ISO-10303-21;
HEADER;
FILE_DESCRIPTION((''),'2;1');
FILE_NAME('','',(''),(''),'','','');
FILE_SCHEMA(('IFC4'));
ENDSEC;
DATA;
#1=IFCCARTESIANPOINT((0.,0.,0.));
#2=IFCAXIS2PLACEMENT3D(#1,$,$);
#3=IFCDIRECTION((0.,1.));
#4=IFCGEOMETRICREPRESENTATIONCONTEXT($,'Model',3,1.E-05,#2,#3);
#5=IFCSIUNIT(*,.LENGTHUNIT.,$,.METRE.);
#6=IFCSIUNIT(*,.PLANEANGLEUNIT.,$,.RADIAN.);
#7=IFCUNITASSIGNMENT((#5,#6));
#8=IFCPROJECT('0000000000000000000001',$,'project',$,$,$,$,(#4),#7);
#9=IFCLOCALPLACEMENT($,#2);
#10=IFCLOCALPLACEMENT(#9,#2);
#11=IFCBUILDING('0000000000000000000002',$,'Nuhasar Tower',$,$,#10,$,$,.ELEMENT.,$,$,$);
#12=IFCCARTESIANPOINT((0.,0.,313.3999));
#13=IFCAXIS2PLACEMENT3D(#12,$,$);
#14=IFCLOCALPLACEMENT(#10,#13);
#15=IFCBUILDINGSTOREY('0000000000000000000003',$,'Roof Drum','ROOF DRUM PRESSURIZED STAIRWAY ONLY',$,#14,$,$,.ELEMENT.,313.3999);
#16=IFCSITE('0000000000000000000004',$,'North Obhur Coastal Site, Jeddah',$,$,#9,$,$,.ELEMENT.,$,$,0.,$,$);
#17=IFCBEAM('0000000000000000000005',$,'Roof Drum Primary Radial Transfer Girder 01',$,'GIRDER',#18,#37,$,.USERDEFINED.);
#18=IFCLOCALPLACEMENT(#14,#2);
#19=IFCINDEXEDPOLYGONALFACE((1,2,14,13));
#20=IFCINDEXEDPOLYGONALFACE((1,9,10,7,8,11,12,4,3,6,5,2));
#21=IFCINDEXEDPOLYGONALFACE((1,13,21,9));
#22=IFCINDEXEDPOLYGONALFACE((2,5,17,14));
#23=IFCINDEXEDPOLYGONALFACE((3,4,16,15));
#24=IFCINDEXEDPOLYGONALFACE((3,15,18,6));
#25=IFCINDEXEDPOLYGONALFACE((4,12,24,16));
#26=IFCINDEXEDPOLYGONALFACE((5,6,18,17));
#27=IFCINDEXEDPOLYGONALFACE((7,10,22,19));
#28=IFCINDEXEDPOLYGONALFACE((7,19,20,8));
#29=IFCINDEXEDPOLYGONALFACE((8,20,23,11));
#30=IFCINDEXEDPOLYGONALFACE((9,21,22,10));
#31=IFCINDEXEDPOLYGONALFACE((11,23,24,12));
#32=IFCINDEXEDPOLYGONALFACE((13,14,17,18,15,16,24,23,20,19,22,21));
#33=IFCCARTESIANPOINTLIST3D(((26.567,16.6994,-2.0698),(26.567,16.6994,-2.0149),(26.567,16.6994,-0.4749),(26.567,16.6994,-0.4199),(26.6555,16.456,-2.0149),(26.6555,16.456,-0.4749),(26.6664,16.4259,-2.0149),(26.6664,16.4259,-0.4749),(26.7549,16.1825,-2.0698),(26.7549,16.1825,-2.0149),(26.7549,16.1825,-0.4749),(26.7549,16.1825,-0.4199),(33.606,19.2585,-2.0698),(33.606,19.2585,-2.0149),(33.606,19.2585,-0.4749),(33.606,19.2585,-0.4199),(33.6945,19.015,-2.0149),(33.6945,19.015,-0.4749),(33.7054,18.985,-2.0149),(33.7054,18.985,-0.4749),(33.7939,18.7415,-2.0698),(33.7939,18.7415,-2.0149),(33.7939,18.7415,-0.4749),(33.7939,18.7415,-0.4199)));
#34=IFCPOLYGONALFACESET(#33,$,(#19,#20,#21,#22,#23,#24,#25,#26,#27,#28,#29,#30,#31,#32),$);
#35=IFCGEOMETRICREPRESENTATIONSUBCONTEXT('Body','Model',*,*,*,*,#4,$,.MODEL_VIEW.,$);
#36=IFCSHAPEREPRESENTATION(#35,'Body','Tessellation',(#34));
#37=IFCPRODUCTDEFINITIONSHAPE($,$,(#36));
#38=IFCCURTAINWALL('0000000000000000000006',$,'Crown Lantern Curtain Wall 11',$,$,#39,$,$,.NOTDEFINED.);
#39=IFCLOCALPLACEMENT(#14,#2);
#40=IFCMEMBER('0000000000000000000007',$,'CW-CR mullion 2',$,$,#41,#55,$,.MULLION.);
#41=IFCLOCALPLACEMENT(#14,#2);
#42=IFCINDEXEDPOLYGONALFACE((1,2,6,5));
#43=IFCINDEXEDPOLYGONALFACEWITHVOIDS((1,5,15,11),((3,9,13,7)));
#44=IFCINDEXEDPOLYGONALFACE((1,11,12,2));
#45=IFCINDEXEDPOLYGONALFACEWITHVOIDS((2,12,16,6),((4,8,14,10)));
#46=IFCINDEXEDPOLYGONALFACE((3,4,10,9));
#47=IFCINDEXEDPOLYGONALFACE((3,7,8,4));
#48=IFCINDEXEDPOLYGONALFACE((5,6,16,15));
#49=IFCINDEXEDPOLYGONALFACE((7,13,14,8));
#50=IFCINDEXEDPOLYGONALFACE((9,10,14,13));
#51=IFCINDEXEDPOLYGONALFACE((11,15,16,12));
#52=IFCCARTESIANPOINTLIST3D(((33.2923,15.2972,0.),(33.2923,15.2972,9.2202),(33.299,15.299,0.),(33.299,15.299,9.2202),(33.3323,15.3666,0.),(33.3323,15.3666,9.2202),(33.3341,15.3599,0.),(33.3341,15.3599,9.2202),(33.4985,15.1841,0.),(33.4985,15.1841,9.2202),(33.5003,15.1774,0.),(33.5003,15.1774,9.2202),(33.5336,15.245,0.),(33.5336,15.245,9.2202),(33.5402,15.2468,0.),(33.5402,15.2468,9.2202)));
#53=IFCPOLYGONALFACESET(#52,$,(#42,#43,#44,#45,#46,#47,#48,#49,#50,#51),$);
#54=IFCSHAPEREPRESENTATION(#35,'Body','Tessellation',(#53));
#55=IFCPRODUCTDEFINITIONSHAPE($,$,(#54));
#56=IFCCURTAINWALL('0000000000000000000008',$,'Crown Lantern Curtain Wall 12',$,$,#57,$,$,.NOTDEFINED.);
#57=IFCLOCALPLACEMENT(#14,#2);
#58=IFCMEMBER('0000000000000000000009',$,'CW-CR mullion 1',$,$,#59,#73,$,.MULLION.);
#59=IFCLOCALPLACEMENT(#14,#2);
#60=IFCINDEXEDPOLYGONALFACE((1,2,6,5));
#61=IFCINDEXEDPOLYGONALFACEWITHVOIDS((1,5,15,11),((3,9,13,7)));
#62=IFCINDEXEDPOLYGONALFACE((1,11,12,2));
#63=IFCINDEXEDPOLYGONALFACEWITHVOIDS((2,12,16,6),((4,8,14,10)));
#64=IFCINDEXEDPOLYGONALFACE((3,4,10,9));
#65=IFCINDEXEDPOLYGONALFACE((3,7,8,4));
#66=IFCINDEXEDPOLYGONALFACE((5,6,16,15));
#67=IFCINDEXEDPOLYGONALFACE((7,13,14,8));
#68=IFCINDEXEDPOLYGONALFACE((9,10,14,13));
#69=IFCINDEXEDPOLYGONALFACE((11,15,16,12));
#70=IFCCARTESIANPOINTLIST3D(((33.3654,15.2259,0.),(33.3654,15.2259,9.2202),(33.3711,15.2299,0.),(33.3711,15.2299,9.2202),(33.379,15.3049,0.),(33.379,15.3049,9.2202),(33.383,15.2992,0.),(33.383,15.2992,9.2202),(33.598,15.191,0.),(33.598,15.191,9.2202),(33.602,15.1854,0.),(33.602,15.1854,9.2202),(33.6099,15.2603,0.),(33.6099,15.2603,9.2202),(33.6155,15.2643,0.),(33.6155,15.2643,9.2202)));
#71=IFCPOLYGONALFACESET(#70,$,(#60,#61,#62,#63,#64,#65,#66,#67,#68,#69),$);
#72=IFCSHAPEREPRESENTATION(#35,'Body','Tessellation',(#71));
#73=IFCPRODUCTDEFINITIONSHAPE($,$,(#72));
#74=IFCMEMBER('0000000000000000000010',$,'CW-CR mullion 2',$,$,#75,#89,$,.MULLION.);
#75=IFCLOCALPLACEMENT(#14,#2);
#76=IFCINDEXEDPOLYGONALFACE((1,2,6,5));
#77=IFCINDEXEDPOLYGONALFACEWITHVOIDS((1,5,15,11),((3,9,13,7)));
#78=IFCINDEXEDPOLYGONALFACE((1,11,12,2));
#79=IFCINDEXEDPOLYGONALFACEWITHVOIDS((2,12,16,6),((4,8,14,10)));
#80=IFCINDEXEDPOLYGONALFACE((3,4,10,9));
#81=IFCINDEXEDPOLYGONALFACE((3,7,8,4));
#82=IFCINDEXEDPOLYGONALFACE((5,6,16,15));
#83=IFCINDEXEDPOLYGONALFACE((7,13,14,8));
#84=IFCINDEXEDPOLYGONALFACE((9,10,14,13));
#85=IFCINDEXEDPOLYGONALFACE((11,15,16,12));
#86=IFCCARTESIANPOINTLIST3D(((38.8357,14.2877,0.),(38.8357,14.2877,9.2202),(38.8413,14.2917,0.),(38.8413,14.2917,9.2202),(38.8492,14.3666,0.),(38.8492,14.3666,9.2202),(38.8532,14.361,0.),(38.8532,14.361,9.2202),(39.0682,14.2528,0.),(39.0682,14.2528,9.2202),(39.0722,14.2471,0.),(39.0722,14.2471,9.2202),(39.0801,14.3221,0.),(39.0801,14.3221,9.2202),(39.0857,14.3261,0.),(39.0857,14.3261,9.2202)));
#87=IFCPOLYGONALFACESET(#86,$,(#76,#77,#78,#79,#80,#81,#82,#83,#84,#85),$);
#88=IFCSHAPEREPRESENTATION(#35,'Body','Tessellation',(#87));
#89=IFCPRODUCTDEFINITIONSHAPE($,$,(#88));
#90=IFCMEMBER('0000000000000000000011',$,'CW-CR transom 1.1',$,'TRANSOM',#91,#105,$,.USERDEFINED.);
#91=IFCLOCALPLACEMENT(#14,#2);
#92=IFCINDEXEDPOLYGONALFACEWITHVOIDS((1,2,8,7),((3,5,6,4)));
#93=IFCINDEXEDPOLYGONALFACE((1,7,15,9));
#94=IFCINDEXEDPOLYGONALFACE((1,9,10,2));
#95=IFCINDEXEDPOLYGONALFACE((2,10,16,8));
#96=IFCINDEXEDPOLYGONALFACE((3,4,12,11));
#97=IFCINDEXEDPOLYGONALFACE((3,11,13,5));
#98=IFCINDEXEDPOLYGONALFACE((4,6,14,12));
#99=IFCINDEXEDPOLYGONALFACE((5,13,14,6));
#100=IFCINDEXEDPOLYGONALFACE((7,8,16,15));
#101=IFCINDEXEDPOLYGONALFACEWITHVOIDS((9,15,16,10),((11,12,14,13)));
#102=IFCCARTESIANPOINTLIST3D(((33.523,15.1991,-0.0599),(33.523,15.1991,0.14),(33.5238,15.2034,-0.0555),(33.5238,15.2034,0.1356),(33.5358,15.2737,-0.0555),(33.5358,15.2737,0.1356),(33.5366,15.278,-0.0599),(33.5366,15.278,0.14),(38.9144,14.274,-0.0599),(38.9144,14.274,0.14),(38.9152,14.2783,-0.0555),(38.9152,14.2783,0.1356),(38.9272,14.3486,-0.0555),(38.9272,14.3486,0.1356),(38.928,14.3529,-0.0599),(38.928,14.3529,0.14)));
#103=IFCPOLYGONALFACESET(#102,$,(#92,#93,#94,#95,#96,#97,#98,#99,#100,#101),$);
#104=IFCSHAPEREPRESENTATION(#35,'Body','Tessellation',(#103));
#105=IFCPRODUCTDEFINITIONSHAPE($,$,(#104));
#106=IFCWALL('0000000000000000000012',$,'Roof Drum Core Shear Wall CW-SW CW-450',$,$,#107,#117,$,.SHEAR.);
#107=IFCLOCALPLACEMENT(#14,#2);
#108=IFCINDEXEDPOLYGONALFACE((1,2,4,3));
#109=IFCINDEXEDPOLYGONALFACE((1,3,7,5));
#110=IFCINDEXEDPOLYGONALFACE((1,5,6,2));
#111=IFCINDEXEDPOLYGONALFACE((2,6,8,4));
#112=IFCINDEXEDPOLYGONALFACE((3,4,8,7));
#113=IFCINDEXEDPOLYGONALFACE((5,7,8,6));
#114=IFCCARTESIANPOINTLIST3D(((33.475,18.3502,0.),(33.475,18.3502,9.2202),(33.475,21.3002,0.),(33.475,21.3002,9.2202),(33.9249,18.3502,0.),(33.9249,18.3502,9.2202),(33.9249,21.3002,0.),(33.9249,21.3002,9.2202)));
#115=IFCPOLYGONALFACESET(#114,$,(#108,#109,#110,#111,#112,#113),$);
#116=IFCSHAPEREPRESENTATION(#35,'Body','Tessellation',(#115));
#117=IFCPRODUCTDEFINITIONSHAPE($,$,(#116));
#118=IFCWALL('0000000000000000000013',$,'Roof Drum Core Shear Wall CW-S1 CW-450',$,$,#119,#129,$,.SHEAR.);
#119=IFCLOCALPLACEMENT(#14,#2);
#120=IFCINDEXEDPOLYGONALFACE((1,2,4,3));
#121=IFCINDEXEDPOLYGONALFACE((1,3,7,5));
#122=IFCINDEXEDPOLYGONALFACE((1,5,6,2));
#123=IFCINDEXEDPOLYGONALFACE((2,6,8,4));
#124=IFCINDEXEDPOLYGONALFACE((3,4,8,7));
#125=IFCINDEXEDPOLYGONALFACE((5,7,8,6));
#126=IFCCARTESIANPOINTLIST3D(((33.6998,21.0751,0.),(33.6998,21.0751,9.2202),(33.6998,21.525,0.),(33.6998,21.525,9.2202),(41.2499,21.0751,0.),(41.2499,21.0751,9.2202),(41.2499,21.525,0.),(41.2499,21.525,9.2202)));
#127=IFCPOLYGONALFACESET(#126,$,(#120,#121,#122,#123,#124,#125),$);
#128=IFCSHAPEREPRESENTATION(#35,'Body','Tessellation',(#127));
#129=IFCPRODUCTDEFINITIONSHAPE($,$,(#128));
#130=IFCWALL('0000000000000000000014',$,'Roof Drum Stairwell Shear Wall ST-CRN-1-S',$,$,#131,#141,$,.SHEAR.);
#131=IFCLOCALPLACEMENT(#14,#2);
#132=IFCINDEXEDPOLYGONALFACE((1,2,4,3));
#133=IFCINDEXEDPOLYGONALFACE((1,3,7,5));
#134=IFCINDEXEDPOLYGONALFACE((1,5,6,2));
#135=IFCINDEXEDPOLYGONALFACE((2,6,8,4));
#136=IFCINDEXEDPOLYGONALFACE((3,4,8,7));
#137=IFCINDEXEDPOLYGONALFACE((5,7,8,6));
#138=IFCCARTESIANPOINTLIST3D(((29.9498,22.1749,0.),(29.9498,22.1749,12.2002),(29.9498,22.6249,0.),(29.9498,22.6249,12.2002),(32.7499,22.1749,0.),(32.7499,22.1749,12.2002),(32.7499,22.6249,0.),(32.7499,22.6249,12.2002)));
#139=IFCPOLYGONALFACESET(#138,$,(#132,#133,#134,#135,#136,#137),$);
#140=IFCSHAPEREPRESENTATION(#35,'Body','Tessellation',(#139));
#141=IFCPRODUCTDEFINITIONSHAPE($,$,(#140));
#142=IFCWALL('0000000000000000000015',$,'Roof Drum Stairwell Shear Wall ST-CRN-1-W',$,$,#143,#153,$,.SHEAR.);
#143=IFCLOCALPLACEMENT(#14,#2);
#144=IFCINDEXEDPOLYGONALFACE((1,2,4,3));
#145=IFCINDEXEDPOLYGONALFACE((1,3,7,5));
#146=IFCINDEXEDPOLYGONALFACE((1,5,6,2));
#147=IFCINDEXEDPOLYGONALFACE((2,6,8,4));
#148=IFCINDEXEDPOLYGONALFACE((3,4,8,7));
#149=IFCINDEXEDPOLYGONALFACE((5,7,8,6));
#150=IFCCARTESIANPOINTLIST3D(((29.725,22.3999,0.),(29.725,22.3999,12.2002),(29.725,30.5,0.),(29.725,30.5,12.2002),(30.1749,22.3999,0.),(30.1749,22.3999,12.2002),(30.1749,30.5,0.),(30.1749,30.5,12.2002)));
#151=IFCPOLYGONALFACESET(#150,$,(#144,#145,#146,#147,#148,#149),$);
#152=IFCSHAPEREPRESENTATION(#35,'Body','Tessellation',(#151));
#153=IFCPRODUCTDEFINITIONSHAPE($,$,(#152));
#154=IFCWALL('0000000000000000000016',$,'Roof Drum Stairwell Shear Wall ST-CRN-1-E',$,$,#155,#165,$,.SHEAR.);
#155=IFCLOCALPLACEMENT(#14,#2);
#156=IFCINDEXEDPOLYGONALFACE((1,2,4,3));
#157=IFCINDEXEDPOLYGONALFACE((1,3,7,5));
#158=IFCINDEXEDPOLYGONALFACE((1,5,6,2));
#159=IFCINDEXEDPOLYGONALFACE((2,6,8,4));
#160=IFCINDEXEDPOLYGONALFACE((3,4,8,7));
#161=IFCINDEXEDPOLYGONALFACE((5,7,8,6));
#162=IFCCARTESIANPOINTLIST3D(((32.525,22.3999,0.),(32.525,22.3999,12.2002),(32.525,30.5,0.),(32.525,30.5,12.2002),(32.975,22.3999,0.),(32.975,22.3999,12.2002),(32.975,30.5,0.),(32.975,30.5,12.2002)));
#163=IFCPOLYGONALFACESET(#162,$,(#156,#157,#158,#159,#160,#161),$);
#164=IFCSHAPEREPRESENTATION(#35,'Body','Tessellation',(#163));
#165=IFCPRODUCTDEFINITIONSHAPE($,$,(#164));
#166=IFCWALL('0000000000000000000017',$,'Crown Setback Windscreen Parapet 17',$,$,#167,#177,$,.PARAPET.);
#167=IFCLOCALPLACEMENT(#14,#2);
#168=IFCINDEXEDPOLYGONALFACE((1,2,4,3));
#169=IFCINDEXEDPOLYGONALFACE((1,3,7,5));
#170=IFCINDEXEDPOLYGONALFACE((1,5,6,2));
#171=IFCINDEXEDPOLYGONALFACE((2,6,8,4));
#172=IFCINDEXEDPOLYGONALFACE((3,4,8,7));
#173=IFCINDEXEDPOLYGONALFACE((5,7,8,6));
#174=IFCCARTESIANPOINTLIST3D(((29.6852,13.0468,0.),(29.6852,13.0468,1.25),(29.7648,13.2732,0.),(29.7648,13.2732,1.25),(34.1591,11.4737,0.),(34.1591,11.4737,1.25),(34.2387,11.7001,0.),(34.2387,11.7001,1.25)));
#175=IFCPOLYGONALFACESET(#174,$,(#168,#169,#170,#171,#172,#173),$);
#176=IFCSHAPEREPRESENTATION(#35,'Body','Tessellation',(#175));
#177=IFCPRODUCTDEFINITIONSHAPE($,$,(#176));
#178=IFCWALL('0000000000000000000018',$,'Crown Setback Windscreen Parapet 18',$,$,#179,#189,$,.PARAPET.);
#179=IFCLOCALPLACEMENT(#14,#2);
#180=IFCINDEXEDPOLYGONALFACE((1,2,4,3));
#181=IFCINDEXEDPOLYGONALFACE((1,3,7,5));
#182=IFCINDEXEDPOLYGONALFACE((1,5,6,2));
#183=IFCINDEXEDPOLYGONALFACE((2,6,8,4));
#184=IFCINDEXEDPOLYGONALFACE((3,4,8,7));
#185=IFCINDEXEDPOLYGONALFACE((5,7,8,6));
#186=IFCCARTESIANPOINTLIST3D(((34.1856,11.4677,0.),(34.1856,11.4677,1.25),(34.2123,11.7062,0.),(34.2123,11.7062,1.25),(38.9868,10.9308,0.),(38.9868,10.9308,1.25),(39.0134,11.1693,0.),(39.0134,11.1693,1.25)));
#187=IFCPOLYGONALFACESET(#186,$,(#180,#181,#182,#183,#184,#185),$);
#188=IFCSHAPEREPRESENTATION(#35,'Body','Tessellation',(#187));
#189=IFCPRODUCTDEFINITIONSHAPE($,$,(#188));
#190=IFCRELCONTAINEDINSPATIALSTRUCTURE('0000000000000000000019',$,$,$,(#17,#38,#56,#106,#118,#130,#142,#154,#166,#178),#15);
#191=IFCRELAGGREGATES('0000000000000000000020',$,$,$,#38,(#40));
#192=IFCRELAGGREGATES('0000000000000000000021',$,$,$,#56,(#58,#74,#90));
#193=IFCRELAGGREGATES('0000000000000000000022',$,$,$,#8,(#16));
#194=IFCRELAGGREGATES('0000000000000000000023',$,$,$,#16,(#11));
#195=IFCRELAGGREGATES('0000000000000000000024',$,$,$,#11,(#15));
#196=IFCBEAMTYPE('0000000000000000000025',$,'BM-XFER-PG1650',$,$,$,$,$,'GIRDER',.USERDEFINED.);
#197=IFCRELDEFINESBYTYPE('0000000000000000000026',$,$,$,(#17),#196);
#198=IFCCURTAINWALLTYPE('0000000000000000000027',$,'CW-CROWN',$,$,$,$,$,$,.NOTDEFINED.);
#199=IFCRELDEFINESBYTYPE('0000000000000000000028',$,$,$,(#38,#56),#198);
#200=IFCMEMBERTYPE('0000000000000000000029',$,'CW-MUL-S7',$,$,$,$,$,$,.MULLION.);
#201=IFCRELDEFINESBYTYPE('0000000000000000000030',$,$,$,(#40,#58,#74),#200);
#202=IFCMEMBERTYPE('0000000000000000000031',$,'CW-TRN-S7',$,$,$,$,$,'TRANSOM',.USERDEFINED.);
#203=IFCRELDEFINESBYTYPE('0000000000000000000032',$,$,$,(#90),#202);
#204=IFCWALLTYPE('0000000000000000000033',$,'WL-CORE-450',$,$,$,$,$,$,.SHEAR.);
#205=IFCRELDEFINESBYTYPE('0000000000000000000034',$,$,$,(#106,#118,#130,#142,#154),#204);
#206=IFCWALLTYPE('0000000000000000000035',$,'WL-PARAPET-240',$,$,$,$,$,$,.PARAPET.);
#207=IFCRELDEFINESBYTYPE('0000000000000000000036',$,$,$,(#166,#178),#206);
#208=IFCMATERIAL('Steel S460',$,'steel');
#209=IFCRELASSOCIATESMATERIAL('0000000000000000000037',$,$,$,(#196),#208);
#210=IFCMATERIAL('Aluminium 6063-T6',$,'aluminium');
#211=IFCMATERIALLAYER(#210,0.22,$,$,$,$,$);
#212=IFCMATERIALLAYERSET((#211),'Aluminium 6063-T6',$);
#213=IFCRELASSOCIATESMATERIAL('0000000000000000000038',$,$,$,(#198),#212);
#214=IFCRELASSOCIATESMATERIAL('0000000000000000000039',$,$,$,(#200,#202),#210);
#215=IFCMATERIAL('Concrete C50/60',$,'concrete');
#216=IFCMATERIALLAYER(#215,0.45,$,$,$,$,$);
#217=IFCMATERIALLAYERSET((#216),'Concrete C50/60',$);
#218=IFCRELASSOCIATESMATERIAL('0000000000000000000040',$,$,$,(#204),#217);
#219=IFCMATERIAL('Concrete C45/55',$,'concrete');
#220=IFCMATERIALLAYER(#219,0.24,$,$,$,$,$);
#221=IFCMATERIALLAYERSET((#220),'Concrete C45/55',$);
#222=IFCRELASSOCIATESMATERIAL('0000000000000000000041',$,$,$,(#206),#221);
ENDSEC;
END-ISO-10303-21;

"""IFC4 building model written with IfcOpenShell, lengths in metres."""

from ifc_helpers import new_model, si_unit, direction, frame, frame_2d, origin, origin_2d, place, context, subcontext, project, spatial, rectangle, hollow_rectangle, i_section, extrude, material, layer, layer_set, material_profile, profile_set, type_object, element, aggregate, save


model = new_model("IFC4")

# Units and contexts
model_context = context("Model", 3, precision=1e-05, world=origin(), true_north=direction((0.0, 1.0)))
body_context = subcontext(model_context, "Body", "Model", "MODEL_VIEW")
ifc_project = project(units=[si_unit("LENGTHUNIT", "METRE"), si_unit("PLANEANGLEUNIT", "RADIAN")], contexts=[model_context])

# Site, building, storey
site_placement = place(None, origin())
site = spatial("IfcSite", under=ifc_project, at=site_placement, Name="North Obhur Coastal Site, Jeddah", CompositionType="ELEMENT", RefElevation=0.0)
building_placement = place(site_placement, origin())
building = spatial("IfcBuilding", under=site, at=building_placement, Name="Nuhasar Tower", CompositionType="ELEMENT")
storey_placement = place(building_placement, frame((0.0, 0.0, 313.3999)))
storey = spatial("IfcBuildingStorey", under=building, at=storey_placement, Name="Roof Drum", Description="ROOF DRUM PRESSURIZED STAIRWAY ONLY", CompositionType="ELEMENT", Elevation=313.3999)

# Shared definitions
ifc_material_1 = material(Name="Concrete C50/60", Category="concrete")

# Beam
ifc_material_2 = material(Name="Steel S460", Category="steel")
ifc_material_profile_1 = material_profile(ifc_material_2, i_section(OverallWidth=0.55, OverallDepth=1.6499, WebThickness=0.032, FlangeThickness=0.0549, at=origin_2d()), Name="PG1650X550")
ifc_profile_set_1 = profile_set([ifc_material_profile_1], Name="Steel S460")
beam_type_1 = type_object("IfcBeamType", Name="BM-XFER-PG1650", ElementType="GIRDER", PredefinedType="USERDEFINED", material=ifc_profile_set_1)
beam_1_placement = place(storey_placement, frame((33.7, 19.0, -1.2449), z_axis=(-0.939818, -0.341675, 0.0), x_axis=(0.341675, -0.939818, 0.0)))
element("IfcBeam", 1, at=beam_1_placement, inside=storey, type_object=beam_type_1, Name="Roof Drum Primary Radial Transfer Girder 01", ObjectType="GIRDER", PredefinedType="USERDEFINED", context=body_context, shape_type="SweptSolid", body=[
    extrude(i_section(OverallWidth=0.55, OverallDepth=1.6499, WebThickness=0.032, FlangeThickness=0.0549, at=origin_2d()), origin(), (0.0, 0.0, 1.0), 7.4897),
])

# Curtain wall, member
ifc_material_3 = material(Name="Aluminium 6063-T6", Category="aluminium")
ifc_layer_1 = layer(ifc_material_3, 0.22)
ifc_layer_set_1 = layer_set([ifc_layer_1], Name="Aluminium 6063-T6")
curtain_wall_type = type_object("IfcCurtainWallType", Name="CW-CROWN", PredefinedType="NOTDEFINED", material=ifc_layer_set_1)
curtain_wall_1_placement = place(storey_placement, origin())
curtain_wall_1 = element("IfcCurtainWall", 2, at=curtain_wall_1_placement, inside=storey, type_object=curtain_wall_type, Name="Crown Lantern Curtain Wall 11", PredefinedType="NOTDEFINED")
ifc_material_profile_2 = material_profile(ifc_material_3, hollow_rectangle(XDim=0.0801, YDim=0.24, WallThickness=0.0049, at=origin_2d()), Name="CWM-7")
ifc_profile_set_2 = profile_set([ifc_material_profile_2], Name="Aluminium 6063-T6")
member_type_1 = type_object("IfcMemberType", Name="CW-MUL-S7", PredefinedType="MULLION", material=ifc_profile_set_2)
member_1_placement = place(storey_placement, frame((33.4163, 15.272, 0.0), z_axis=(0.0, 0.0, 1.0), x_axis=(0.499052, 0.866572, 0.0)))
member_1 = element("IfcMember", 3, at=member_1_placement, type_object=member_type_1, Name="CW-CR mullion 2", PredefinedType="MULLION", context=body_context, shape_type="SweptSolid", body=[
    extrude(hollow_rectangle(XDim=0.0801, YDim=0.24, WallThickness=0.0049, at=origin_2d()), origin(), (0.0, 0.0, 1.0), 9.2202),
])
aggregate(curtain_wall_1, [member_1])

# Curtain wall, members
curtain_wall_2_placement = place(storey_placement, origin())
curtain_wall_2 = element("IfcCurtainWall", 4, at=curtain_wall_2_placement, inside=storey, type_object=curtain_wall_type, Name="Crown Lantern Curtain Wall 12", PredefinedType="NOTDEFINED")
member_2_placement = place(storey_placement, frame((33.4905, 15.2451, 0.0), z_axis=(0.0, 0.0, 1.0), x_axis=(0.169092, 0.9856, 0.0)))
member_2 = element("IfcMember", 5, at=member_2_placement, type_object=member_type_1, Name="CW-CR mullion 1", PredefinedType="MULLION", context=body_context, shape_type="SweptSolid", body=[
    extrude(hollow_rectangle(XDim=0.0801, YDim=0.24, WallThickness=0.0049, at=origin_2d()), origin(), (0.0, 0.0, 1.0), 9.2202),
])
member_3_placement = place(storey_placement, frame((38.9607, 14.3069, 0.0), z_axis=(0.0, 0.0, 1.0), x_axis=(0.169092, 0.9856, 0.0)))
member_3 = element("IfcMember", 6, at=member_3_placement, type_object=member_type_1, Name="CW-CR mullion 2", PredefinedType="MULLION", context=body_context, shape_type="SweptSolid", body=[
    extrude(hollow_rectangle(XDim=0.0801, YDim=0.24, WallThickness=0.0049, at=origin_2d()), origin(), (0.0, 0.0, 1.0), 9.2202),
])
ifc_material_profile_3 = material_profile(ifc_material_3, hollow_rectangle(XDim=0.0801, YDim=0.2, WallThickness=0.0044, at=origin_2d()), Name="CWT-7")
ifc_profile_set_3 = profile_set([ifc_material_profile_3], Name="Aluminium 6063-T6")
member_type_2 = type_object("IfcMemberType", Name="CW-TRN-S7", ElementType="TRANSOM", PredefinedType="USERDEFINED", material=ifc_profile_set_3)
member_4_placement = place(storey_placement, frame((33.5298, 15.2385, 0.04), z_axis=(0.985597, -0.169109, 0.0), x_axis=(0.169109, 0.985597, 0.0)))
member_4 = element("IfcMember", 7, at=member_4_placement, type_object=member_type_2, Name="CW-CR transom 1.1", ObjectType="TRANSOM", PredefinedType="USERDEFINED", context=body_context, shape_type="SweptSolid", body=[
    extrude(hollow_rectangle(XDim=0.0801, YDim=0.2, WallThickness=0.0044, at=origin_2d()), origin(), (0.0, 0.0, 1.0), 5.4702),
])
aggregate(curtain_wall_2, [member_2, member_3, member_4])

# Walls
ifc_layer_2 = layer(ifc_material_1, 0.45)
ifc_layer_set_2 = layer_set([ifc_layer_2], Name="Concrete C50/60")
wall_type_1 = type_object("IfcWallType", Name="WL-CORE-450", PredefinedType="SHEAR", material=ifc_layer_set_2)
wall_1_placement = place(storey_placement, frame((33.7, 18.3501, 0.0), z_axis=(0.0, 0.0, 1.0), x_axis=(0.0, 1.0, 0.0)))
element("IfcWall", 8, at=wall_1_placement, inside=storey, type_object=wall_type_1, Name="Roof Drum Core Shear Wall CW-SW CW-450", PredefinedType="SHEAR", context=body_context, shape_type="SweptSolid", body=[
    extrude(rectangle(XDim=2.95, YDim=0.45, at=frame_2d((1.4751, 0.0))), origin(), (0.0, 0.0, 1.0), 9.2202),
])
wall_2_placement = place(storey_placement, frame((33.7, 21.3, 0.0), z_axis=(0.0, 0.0, 1.0), x_axis=(1.0, 0.0, 0.0)))
element("IfcWall", 9, at=wall_2_placement, inside=storey, type_object=wall_type_1, Name="Roof Drum Core Shear Wall CW-S1 CW-450", PredefinedType="SHEAR", context=body_context, shape_type="SweptSolid", body=[
    extrude(rectangle(XDim=7.55, YDim=0.45, at=frame_2d((3.7749, 0.0))), origin(), (0.0, 0.0, 1.0), 9.2202),
])
wall_3_placement = place(storey_placement, frame((29.95, 22.3999, 0.0), z_axis=(0.0, 0.0, 1.0), x_axis=(1.0, 0.0, 0.0)))
element("IfcWall", 10, at=wall_3_placement, inside=storey, type_object=wall_type_1, Name="Roof Drum Stairwell Shear Wall ST-CRN-1-S", PredefinedType="SHEAR", context=body_context, shape_type="SweptSolid", body=[
    extrude(rectangle(XDim=2.8, YDim=0.45, at=frame_2d((1.3999, 0.0))), origin(), (0.0, 0.0, 1.0), 12.2002),
])
for number, where, z_axis, x_axis, name in (
    (11, (29.95, 22.3999, 0.0), (0.0, 0.0, 1.0), (0.0, 1.0, 0.0), "Roof Drum Stairwell Shear Wall ST-CRN-1-W"),
    (12, (32.75, 22.3999, 0.0), (0.0, 0.0, 1.0), (0.0, 1.0, 0.0), "Roof Drum Stairwell Shear Wall ST-CRN-1-E"),
):
    element("IfcWall", number, at=place(storey_placement, frame(where, z_axis=z_axis, x_axis=x_axis)), inside=storey, type_object=wall_type_1, Name=name, PredefinedType="SHEAR", context=body_context, shape_type="SweptSolid", body=[
        extrude(rectangle(XDim=8.1001, YDim=0.45, at=frame_2d((4.05, 0.0))), origin(), (0.0, 0.0, 1.0), 12.2002),
    ])
ifc_material_4 = material(Name="Concrete C45/55", Category="concrete")
ifc_layer_3 = layer(ifc_material_4, 0.24)
ifc_layer_set_3 = layer_set([ifc_layer_3], Name="Concrete C45/55")
wall_type_2 = type_object("IfcWallType", Name="WL-PARAPET-240", PredefinedType="PARAPET", material=ifc_layer_set_3)
wall_4_placement = place(storey_placement, frame((29.7251, 13.1599, 0.0), z_axis=(0.0, 0.0, 1.0), x_axis=(0.943388, -0.331692, 0.0)))
element("IfcWall", 13, at=wall_4_placement, inside=storey, type_object=wall_type_2, Name="Crown Setback Windscreen Parapet 17", PredefinedType="PARAPET", context=body_context, shape_type="SweptSolid", body=[
    extrude(rectangle(XDim=4.7424, YDim=0.24, at=frame_2d((2.3711, 0.0))), origin(), (0.0, 0.0, 1.0), 1.25),
])
wall_5_placement = place(storey_placement, frame((34.199, 11.5869, 0.0), z_axis=(0.0, 0.0, 1.0), x_axis=(0.993806, -0.11113, 0.0)))
element("IfcWall", 14, at=wall_5_placement, inside=storey, type_object=wall_type_2, Name="Crown Setback Windscreen Parapet 18", PredefinedType="PARAPET", context=body_context, shape_type="SweptSolid", body=[
    extrude(rectangle(XDim=4.8311, YDim=0.24, at=frame_2d((2.4155, 0.0))), origin(), (0.0, 0.0, 1.0), 1.25),
])

save(model, "model.ifc")
